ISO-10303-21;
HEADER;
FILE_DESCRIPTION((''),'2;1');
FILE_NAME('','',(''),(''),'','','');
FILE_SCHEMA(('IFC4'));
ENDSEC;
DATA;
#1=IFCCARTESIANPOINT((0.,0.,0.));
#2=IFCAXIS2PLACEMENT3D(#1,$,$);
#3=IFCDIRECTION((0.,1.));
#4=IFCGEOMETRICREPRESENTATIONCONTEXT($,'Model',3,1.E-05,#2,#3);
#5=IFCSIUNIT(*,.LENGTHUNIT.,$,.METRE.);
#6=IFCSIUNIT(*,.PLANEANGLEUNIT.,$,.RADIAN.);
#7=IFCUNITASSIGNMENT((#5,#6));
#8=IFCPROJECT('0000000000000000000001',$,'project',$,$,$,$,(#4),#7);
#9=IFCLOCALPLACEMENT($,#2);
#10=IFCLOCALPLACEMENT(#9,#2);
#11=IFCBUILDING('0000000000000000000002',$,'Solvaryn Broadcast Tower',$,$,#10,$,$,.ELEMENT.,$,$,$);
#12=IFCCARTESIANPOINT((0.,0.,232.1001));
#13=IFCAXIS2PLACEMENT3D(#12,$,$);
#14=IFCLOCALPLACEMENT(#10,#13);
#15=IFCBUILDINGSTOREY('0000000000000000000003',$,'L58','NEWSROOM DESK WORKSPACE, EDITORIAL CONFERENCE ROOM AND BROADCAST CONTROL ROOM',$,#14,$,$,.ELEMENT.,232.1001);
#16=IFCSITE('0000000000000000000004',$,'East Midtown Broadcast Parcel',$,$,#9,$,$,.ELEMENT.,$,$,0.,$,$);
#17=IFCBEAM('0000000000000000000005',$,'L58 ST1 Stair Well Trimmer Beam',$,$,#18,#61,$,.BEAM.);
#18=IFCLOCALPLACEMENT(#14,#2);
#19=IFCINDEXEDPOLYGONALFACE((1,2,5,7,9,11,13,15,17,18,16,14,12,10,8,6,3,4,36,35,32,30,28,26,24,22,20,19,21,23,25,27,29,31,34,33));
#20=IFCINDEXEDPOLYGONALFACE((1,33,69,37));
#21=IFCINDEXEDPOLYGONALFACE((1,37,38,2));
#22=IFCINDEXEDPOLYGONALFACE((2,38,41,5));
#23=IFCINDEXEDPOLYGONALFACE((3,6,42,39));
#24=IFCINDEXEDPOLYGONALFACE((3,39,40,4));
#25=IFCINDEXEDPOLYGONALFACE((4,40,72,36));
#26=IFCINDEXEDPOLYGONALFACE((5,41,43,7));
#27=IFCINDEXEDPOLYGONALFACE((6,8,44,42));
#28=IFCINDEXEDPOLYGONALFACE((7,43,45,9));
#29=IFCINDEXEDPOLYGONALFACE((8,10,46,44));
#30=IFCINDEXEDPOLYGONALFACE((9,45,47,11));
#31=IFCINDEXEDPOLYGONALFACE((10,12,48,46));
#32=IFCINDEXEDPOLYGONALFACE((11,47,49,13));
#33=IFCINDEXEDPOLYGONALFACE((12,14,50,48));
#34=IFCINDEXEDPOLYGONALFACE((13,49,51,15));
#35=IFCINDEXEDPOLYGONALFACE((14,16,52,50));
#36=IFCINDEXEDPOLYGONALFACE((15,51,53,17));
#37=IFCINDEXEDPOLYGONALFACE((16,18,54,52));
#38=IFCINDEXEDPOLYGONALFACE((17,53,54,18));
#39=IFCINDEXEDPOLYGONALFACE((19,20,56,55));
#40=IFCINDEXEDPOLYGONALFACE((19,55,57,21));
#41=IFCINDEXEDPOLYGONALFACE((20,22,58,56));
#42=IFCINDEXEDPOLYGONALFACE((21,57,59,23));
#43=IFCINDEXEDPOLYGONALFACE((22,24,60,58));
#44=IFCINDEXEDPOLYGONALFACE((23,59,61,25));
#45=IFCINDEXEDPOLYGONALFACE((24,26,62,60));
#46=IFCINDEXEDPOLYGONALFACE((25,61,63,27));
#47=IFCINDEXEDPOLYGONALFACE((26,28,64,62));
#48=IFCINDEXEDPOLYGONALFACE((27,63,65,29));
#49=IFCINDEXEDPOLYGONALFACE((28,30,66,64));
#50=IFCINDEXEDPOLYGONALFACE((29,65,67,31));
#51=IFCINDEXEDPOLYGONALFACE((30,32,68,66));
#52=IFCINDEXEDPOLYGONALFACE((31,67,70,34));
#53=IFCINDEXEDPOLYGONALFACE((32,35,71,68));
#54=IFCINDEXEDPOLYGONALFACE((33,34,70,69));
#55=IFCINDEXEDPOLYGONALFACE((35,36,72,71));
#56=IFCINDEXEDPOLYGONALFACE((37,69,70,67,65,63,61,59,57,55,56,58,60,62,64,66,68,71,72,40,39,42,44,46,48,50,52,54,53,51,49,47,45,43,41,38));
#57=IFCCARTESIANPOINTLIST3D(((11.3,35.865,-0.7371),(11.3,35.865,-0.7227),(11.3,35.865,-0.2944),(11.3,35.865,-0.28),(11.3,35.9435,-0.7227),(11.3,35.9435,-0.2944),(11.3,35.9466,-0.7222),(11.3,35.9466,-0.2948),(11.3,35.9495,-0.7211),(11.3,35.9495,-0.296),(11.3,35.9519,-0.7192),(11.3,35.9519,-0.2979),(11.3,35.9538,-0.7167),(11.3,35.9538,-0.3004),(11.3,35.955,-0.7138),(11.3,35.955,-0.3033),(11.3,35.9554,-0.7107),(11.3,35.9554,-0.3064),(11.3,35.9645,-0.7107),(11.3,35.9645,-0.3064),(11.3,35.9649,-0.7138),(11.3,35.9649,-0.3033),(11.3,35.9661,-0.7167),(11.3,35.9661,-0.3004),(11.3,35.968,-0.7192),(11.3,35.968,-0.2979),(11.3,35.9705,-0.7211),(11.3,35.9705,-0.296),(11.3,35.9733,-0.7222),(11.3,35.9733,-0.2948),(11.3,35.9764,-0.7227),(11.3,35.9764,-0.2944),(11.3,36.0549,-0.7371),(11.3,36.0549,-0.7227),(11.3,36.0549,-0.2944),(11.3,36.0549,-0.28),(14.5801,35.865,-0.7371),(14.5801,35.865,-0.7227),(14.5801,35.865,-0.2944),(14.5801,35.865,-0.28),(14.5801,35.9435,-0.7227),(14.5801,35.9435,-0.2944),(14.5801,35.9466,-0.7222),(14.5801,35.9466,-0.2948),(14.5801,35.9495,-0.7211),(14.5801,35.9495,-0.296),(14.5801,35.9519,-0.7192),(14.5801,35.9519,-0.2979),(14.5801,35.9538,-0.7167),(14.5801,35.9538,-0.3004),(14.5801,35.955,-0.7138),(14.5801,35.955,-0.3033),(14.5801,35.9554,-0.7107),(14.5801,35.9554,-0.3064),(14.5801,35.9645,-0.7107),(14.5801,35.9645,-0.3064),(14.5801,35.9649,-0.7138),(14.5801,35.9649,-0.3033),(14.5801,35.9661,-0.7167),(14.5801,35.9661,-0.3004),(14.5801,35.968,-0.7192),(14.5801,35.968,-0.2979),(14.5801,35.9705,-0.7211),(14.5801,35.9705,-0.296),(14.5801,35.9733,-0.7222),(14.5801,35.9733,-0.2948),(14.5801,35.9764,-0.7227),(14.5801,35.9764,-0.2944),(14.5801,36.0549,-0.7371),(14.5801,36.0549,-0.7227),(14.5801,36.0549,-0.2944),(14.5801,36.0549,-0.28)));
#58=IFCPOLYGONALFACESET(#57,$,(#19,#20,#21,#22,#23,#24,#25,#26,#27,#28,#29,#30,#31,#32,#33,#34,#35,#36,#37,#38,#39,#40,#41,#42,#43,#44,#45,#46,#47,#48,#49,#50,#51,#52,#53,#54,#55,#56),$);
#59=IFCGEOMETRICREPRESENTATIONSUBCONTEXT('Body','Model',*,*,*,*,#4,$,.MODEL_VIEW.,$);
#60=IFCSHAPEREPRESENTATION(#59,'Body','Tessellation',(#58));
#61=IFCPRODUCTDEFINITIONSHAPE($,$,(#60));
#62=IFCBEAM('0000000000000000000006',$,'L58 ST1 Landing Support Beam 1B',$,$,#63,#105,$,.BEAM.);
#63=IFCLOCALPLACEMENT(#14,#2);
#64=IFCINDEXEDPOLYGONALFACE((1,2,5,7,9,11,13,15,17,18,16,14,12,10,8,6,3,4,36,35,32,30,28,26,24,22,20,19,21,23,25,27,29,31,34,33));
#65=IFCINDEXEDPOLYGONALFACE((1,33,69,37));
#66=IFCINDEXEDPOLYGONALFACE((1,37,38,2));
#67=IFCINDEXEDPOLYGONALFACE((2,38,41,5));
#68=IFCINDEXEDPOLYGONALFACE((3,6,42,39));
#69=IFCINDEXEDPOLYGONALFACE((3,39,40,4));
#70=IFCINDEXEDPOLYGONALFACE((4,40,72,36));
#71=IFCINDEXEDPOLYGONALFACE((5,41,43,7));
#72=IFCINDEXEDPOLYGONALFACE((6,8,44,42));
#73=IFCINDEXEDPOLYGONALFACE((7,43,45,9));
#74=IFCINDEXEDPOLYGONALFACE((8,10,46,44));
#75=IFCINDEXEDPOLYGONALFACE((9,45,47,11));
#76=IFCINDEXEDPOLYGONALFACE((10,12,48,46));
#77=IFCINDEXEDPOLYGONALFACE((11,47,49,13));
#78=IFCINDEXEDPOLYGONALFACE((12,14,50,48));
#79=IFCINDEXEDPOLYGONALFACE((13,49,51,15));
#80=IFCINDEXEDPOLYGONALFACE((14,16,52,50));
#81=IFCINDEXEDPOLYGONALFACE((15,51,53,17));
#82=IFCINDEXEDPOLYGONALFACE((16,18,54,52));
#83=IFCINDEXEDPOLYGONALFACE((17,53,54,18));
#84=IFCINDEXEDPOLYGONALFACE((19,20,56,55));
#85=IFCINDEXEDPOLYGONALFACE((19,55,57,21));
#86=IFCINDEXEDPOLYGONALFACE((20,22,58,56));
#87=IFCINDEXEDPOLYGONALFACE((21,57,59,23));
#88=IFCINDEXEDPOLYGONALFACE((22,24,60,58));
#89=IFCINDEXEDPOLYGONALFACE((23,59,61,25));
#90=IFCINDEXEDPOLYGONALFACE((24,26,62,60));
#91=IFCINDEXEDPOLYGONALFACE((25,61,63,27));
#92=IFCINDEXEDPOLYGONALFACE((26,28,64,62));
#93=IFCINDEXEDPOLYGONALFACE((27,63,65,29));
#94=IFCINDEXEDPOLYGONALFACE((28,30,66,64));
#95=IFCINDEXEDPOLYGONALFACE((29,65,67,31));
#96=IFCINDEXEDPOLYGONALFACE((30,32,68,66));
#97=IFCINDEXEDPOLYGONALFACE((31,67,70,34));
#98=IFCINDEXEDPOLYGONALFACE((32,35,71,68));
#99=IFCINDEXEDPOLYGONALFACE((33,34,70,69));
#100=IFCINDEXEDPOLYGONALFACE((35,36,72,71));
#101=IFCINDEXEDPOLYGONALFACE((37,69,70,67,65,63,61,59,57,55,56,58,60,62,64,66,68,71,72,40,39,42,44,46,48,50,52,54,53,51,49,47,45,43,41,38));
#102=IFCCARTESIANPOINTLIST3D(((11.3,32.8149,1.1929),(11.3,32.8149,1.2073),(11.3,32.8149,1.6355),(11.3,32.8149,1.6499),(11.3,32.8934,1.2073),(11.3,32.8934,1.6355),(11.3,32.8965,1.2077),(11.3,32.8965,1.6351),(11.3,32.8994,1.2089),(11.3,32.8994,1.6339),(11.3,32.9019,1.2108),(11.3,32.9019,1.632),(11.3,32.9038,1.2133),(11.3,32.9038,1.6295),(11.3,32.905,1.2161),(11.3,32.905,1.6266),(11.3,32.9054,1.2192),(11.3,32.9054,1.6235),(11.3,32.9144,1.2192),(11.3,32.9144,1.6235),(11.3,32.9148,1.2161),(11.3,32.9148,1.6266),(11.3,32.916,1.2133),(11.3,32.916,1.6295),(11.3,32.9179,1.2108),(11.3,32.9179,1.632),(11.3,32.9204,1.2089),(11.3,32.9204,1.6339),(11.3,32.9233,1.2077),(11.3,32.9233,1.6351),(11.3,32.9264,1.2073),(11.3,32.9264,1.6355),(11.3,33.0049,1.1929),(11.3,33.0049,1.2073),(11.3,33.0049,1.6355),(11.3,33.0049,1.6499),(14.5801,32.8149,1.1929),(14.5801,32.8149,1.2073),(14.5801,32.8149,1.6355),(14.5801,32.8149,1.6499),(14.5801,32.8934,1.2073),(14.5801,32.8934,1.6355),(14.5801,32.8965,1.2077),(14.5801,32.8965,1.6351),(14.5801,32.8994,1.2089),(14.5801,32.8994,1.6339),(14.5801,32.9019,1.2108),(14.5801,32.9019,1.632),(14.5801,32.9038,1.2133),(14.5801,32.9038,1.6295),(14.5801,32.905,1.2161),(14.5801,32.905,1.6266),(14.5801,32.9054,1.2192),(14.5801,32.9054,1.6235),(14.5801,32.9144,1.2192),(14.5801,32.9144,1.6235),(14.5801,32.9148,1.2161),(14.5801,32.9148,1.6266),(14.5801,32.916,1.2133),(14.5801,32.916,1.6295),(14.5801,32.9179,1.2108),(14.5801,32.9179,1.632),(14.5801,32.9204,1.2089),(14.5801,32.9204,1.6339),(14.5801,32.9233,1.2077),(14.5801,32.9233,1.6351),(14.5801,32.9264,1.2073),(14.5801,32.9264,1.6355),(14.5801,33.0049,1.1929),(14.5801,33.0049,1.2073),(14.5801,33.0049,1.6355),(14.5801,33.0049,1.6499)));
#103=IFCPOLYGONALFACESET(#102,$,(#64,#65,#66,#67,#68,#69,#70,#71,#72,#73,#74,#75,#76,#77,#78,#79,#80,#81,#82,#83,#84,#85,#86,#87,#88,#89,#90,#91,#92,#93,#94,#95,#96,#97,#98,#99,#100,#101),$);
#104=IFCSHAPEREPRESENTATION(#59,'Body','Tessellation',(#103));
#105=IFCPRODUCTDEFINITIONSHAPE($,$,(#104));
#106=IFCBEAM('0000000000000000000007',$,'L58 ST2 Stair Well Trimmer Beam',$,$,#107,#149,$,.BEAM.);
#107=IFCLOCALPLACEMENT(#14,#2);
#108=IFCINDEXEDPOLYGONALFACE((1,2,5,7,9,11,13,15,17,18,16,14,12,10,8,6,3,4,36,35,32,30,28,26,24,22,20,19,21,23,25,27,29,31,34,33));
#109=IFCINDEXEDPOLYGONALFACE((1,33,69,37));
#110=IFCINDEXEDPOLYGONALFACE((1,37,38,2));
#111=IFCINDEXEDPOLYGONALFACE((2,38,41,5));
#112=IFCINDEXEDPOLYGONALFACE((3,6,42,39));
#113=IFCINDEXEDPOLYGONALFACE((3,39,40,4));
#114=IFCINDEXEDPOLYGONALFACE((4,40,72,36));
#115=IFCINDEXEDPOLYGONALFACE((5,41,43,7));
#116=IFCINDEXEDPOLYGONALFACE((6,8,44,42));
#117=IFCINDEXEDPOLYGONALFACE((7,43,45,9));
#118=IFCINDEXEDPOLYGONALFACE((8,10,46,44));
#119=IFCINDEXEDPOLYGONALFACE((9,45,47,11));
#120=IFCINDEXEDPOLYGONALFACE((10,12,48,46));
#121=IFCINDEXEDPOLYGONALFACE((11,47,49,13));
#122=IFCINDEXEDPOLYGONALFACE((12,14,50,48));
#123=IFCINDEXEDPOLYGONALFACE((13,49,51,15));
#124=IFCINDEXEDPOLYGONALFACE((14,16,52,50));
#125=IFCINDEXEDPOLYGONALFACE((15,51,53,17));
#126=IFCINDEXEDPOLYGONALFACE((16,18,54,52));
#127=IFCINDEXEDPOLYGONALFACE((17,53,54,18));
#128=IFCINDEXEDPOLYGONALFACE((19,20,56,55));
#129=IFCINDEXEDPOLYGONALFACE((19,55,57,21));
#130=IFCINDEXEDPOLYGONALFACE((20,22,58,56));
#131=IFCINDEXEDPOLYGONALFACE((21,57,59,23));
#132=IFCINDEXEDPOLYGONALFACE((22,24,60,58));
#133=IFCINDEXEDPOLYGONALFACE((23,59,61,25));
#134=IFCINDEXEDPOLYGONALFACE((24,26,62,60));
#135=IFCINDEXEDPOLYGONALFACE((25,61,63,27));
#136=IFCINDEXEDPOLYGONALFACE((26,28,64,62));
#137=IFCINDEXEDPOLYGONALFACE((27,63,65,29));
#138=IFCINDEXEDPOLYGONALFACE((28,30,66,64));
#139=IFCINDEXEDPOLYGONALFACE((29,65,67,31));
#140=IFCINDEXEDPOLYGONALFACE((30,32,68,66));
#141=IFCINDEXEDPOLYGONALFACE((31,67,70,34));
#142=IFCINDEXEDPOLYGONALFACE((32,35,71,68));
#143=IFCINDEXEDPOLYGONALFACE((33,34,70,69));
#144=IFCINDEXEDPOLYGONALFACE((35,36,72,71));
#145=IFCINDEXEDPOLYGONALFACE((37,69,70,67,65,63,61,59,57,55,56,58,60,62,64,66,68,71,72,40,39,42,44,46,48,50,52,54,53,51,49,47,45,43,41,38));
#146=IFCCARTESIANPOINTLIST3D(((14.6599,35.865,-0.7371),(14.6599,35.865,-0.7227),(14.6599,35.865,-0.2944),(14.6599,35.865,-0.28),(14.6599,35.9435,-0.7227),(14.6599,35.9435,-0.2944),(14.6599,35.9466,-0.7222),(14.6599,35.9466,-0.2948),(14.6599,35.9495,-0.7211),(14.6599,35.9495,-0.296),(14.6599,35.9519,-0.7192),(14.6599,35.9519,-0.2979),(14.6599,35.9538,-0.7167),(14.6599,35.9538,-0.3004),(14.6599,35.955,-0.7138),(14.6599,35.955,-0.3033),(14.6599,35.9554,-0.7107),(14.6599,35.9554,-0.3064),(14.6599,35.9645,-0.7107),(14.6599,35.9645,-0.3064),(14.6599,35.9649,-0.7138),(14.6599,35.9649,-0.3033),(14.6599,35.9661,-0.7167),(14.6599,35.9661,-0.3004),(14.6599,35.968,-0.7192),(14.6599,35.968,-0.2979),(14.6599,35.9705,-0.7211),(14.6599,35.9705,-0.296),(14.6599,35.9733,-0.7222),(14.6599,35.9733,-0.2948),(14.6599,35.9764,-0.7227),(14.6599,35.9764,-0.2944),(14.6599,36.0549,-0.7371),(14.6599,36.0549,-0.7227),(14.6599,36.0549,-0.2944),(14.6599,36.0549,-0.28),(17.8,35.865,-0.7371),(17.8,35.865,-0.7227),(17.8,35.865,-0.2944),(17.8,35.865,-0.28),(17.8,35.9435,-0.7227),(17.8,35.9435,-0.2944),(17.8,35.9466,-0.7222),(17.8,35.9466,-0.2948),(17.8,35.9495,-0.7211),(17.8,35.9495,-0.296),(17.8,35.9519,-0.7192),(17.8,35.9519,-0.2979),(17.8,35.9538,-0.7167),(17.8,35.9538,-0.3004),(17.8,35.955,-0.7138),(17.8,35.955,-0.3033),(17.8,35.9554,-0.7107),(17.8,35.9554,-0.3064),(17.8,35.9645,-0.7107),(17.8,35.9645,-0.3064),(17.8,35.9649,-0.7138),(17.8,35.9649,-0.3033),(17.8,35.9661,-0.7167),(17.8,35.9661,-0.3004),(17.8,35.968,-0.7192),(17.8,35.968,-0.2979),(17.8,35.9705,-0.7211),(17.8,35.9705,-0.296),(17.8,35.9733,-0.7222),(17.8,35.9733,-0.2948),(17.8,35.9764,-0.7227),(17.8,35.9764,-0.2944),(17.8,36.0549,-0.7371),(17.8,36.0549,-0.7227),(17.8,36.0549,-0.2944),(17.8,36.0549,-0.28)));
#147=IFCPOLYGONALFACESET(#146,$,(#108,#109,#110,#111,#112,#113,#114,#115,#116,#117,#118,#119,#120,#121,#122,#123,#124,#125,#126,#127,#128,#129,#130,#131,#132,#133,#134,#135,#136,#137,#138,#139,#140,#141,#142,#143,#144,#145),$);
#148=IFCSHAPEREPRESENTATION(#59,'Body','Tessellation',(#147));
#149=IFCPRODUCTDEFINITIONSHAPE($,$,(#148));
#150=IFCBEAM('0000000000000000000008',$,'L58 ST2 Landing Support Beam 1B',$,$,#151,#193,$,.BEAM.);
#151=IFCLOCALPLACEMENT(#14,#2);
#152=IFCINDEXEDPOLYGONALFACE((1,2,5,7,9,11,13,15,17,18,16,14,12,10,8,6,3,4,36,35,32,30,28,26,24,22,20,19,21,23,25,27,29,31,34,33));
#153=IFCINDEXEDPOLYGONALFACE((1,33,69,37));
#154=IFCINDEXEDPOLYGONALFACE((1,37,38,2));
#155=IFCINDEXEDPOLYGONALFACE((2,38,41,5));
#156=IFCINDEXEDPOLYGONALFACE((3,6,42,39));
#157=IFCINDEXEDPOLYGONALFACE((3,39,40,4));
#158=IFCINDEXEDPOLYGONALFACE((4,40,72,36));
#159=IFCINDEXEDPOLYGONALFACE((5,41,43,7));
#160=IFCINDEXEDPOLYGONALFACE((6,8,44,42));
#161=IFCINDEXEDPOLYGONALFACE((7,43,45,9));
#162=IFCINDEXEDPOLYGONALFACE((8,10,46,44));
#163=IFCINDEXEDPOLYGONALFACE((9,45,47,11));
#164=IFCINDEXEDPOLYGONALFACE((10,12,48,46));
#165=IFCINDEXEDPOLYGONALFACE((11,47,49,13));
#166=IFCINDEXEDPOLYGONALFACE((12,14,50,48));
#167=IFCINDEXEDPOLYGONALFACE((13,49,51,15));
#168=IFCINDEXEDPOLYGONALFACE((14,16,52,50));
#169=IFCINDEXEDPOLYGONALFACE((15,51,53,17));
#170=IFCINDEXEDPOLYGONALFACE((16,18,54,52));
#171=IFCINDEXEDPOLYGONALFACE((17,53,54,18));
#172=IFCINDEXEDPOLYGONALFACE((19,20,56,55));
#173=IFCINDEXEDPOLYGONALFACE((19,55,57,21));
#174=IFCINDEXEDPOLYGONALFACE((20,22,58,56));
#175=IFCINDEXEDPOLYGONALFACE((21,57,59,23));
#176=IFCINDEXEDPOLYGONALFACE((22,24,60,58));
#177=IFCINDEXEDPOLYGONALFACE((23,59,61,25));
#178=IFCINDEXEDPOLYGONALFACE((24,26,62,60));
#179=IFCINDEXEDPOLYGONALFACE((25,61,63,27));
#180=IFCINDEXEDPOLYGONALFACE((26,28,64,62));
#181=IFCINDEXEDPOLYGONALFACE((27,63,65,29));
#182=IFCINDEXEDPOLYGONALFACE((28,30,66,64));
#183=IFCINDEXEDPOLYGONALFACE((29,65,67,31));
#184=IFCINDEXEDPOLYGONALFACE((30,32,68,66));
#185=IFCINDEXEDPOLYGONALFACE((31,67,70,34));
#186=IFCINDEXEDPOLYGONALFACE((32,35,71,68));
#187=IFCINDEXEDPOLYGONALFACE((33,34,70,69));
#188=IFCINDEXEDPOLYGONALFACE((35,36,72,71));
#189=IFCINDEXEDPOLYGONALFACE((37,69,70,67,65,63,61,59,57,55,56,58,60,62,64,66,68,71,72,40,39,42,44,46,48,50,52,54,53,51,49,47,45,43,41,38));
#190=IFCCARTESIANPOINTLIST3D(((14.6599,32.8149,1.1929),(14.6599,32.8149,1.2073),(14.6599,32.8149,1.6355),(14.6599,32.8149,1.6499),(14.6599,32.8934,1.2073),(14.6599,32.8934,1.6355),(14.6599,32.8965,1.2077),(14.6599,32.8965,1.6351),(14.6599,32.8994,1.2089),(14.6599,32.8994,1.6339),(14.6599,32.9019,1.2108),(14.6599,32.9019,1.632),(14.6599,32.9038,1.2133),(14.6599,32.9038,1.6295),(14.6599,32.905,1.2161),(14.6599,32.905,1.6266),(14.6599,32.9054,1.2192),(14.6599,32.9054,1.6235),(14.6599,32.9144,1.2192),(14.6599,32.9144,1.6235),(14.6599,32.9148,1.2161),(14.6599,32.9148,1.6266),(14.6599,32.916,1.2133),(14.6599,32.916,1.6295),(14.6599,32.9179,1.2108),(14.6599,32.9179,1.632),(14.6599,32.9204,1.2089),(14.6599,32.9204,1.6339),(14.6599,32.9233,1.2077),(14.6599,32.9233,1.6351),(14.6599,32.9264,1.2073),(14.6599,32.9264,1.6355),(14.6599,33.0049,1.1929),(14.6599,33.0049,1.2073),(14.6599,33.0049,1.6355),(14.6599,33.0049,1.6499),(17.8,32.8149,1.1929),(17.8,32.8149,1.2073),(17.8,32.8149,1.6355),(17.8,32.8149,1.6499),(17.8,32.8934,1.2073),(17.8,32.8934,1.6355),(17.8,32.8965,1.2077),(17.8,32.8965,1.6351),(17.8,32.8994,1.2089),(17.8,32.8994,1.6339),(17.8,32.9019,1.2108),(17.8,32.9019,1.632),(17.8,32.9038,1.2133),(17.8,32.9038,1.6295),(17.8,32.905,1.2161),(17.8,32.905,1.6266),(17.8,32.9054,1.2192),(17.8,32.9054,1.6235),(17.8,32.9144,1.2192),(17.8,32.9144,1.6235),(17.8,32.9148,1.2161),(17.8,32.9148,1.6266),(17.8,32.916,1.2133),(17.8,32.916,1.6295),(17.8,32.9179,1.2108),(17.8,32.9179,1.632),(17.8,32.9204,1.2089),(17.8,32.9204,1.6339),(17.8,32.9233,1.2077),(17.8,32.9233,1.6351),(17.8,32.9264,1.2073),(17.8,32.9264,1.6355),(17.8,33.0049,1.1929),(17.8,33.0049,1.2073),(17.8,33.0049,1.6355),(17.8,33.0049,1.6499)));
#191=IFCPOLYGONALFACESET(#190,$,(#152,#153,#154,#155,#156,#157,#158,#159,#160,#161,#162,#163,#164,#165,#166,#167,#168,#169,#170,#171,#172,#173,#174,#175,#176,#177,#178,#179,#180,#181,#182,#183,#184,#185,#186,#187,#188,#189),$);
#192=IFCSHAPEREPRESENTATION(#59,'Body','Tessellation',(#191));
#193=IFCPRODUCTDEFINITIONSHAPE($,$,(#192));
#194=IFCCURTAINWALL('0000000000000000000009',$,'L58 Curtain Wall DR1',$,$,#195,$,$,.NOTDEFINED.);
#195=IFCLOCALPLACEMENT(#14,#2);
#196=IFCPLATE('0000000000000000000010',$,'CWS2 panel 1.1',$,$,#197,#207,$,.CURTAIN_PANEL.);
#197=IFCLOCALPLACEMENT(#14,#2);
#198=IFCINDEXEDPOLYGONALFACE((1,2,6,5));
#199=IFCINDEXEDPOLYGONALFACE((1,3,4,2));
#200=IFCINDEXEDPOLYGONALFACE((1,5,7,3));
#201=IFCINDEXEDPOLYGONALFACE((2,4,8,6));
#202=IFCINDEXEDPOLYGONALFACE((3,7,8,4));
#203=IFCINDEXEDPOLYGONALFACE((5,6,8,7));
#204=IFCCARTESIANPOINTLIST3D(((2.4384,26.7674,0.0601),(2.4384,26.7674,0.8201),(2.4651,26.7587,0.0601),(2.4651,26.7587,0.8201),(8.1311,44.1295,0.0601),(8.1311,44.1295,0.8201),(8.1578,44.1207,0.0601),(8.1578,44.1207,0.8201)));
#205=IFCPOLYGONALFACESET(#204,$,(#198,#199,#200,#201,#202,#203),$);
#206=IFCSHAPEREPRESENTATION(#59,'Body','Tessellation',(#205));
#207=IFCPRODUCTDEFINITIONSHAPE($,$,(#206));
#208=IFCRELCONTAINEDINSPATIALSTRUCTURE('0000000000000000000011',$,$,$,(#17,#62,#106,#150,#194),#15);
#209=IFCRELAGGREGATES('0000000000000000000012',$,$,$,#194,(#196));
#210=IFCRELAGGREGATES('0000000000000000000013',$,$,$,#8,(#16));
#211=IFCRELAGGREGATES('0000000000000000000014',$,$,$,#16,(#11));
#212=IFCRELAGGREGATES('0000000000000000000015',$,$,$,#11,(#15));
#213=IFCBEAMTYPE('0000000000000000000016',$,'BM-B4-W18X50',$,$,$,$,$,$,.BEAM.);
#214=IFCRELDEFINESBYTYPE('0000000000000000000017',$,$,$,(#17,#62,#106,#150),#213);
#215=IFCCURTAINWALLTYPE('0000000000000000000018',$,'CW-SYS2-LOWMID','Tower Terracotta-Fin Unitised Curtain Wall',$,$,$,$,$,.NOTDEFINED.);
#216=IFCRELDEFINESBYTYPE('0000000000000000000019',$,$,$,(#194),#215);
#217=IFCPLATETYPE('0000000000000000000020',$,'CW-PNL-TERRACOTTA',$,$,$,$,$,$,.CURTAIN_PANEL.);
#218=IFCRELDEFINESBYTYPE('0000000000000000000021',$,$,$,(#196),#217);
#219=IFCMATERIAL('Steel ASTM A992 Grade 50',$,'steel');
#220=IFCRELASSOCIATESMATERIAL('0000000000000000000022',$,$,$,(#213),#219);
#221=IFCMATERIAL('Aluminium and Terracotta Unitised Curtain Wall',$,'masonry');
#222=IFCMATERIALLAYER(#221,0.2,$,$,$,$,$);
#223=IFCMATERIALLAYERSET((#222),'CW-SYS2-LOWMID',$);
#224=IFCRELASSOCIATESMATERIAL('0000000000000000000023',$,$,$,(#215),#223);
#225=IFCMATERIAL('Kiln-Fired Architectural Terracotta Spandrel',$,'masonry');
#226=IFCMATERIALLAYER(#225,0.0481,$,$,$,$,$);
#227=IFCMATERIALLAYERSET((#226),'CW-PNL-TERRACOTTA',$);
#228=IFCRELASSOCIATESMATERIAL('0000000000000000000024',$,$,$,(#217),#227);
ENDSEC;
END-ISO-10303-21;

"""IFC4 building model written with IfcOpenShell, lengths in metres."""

from ifc_helpers import new_model, si_unit, direction, frame, origin, origin_2d, place, context, subcontext, project, spatial, rectangle, i_section, extrude, material, layer, layer_set, material_profile, profile_set, type_object, element, aggregate, save


model = new_model("IFC4")

# Units and contexts
model_context = context("Model", 3, precision=1e-05, world=origin(), true_north=direction((0.0, 1.0)))
body_context = subcontext(model_context, "Body", "Model", "MODEL_VIEW")
ifc_project = project(units=[si_unit("LENGTHUNIT", "METRE"), si_unit("PLANEANGLEUNIT", "RADIAN")], contexts=[model_context])

# Site, building, storey
site_placement = place(None, origin())
site = spatial("IfcSite", under=ifc_project, at=site_placement, Name="East Midtown Broadcast Parcel", CompositionType="ELEMENT", RefElevation=0.0)
building_placement = place(site_placement, origin())
building = spatial("IfcBuilding", under=site, at=building_placement, Name="Solvaryn Broadcast Tower", CompositionType="ELEMENT")
storey_placement = place(building_placement, frame((0.0, 0.0, 232.1001)))
storey = spatial("IfcBuildingStorey", under=building, at=storey_placement, Name="L58", Description="NEWSROOM DESK WORKSPACE, EDITORIAL CONFERENCE ROOM AND BROADCAST CONTROL ROOM", CompositionType="ELEMENT", Elevation=232.1001)

# Beams
ifc_material_1 = material(Name="Steel ASTM A992 Grade 50", Category="steel")
ifc_material_profile = material_profile(ifc_material_1, i_section(OverallWidth=0.1899, OverallDepth=0.457, WebThickness=0.009, FlangeThickness=0.0144, FilletRadius=0.012, at=origin_2d()))
ifc_profile_set = profile_set([ifc_material_profile], Name="Steel ASTM A992 Grade 50")
beam_type = type_object("IfcBeamType", Name="BM-B4-W18X50", PredefinedType="BEAM", material=ifc_profile_set)
for number, where, z_axis, x_axis, name in (
    (1, (11.3, 35.96, -0.5085), (1.0, 0.0, 0.0), (0.0, 1.0, 0.0), "L58 ST1 Stair Well Trimmer Beam"),
    (2, (11.3, 32.9099, 1.4214), (1.0, 0.0, 0.0), (0.0, 1.0, 0.0), "L58 ST1 Landing Support Beam 1B"),
):
    element("IfcBeam", number, at=place(storey_placement, frame(where, z_axis=z_axis, x_axis=x_axis)), inside=storey, type_object=beam_type, Name=name, PredefinedType="BEAM", context=body_context, shape_type="SweptSolid", body=[
        extrude(i_section(OverallWidth=0.1899, OverallDepth=0.457, WebThickness=0.009, FlangeThickness=0.0144, FilletRadius=0.012, at=origin_2d()), origin(), (0.0, 0.0, 1.0), 3.28),
    ])
for number, where, z_axis, x_axis, name in (
    (3, (14.6599, 35.96, -0.5085), (1.0, 0.0, 0.0), (0.0, 1.0, 0.0), "L58 ST2 Stair Well Trimmer Beam"),
    (4, (14.6599, 32.9099, 1.4214), (1.0, 0.0, 0.0), (0.0, 1.0, 0.0), "L58 ST2 Landing Support Beam 1B"),
):
    element("IfcBeam", number, at=place(storey_placement, frame(where, z_axis=z_axis, x_axis=x_axis)), inside=storey, type_object=beam_type, Name=name, PredefinedType="BEAM", context=body_context, shape_type="SweptSolid", body=[
        extrude(i_section(OverallWidth=0.1899, OverallDepth=0.457, WebThickness=0.009, FlangeThickness=0.0144, FilletRadius=0.012, at=origin_2d()), origin(), (0.0, 0.0, 1.0), 3.1401),
    ])

# Curtain wall, plate
ifc_material_2 = material(Name="Aluminium and Terracotta Unitised Curtain Wall", Category="masonry")
ifc_layer_1 = layer(ifc_material_2, 0.2)
ifc_layer_set_1 = layer_set([ifc_layer_1], Name="CW-SYS2-LOWMID")
curtain_wall_type = type_object("IfcCurtainWallType", Name="CW-SYS2-LOWMID", Description="Tower Terracotta-Fin Unitised Curtain Wall", PredefinedType="NOTDEFINED", material=ifc_layer_set_1)
curtain_wall_placement = place(storey_placement, origin())
curtain_wall = element("IfcCurtainWall", 5, at=curtain_wall_placement, inside=storey, type_object=curtain_wall_type, Name="L58 Curtain Wall DR1", PredefinedType="NOTDEFINED")
ifc_material_3 = material(Name="Kiln-Fired Architectural Terracotta Spandrel", Category="masonry")
ifc_layer_2 = layer(ifc_material_3, 0.0481)
ifc_layer_set_2 = layer_set([ifc_layer_2], Name="CW-PNL-TERRACOTTA")
plate_type = type_object("IfcPlateType", Name="CW-PNL-TERRACOTTA", PredefinedType="CURTAIN_PANEL", material=ifc_layer_set_2)
plate_1_placement = place(storey_placement, frame((5.2981, 35.4441, 0.0601), z_axis=(0.0, 0.0, 1.0), x_axis=(-0.311559, -0.950227, 0.0)))
plate_1 = element("IfcPlate", 6, at=plate_1_placement, type_object=plate_type, Name="CWS2 panel 1.1", PredefinedType="CURTAIN_PANEL", context=body_context, shape_type="SweptSolid", body=[
    extrude(rectangle(XDim=18.2715, YDim=0.0281, at=origin_2d()), origin(), (0.0, 0.0, 1.0), 0.76),
])
aggregate(curtain_wall, [plate_1])

save(model, "model.ifc")
